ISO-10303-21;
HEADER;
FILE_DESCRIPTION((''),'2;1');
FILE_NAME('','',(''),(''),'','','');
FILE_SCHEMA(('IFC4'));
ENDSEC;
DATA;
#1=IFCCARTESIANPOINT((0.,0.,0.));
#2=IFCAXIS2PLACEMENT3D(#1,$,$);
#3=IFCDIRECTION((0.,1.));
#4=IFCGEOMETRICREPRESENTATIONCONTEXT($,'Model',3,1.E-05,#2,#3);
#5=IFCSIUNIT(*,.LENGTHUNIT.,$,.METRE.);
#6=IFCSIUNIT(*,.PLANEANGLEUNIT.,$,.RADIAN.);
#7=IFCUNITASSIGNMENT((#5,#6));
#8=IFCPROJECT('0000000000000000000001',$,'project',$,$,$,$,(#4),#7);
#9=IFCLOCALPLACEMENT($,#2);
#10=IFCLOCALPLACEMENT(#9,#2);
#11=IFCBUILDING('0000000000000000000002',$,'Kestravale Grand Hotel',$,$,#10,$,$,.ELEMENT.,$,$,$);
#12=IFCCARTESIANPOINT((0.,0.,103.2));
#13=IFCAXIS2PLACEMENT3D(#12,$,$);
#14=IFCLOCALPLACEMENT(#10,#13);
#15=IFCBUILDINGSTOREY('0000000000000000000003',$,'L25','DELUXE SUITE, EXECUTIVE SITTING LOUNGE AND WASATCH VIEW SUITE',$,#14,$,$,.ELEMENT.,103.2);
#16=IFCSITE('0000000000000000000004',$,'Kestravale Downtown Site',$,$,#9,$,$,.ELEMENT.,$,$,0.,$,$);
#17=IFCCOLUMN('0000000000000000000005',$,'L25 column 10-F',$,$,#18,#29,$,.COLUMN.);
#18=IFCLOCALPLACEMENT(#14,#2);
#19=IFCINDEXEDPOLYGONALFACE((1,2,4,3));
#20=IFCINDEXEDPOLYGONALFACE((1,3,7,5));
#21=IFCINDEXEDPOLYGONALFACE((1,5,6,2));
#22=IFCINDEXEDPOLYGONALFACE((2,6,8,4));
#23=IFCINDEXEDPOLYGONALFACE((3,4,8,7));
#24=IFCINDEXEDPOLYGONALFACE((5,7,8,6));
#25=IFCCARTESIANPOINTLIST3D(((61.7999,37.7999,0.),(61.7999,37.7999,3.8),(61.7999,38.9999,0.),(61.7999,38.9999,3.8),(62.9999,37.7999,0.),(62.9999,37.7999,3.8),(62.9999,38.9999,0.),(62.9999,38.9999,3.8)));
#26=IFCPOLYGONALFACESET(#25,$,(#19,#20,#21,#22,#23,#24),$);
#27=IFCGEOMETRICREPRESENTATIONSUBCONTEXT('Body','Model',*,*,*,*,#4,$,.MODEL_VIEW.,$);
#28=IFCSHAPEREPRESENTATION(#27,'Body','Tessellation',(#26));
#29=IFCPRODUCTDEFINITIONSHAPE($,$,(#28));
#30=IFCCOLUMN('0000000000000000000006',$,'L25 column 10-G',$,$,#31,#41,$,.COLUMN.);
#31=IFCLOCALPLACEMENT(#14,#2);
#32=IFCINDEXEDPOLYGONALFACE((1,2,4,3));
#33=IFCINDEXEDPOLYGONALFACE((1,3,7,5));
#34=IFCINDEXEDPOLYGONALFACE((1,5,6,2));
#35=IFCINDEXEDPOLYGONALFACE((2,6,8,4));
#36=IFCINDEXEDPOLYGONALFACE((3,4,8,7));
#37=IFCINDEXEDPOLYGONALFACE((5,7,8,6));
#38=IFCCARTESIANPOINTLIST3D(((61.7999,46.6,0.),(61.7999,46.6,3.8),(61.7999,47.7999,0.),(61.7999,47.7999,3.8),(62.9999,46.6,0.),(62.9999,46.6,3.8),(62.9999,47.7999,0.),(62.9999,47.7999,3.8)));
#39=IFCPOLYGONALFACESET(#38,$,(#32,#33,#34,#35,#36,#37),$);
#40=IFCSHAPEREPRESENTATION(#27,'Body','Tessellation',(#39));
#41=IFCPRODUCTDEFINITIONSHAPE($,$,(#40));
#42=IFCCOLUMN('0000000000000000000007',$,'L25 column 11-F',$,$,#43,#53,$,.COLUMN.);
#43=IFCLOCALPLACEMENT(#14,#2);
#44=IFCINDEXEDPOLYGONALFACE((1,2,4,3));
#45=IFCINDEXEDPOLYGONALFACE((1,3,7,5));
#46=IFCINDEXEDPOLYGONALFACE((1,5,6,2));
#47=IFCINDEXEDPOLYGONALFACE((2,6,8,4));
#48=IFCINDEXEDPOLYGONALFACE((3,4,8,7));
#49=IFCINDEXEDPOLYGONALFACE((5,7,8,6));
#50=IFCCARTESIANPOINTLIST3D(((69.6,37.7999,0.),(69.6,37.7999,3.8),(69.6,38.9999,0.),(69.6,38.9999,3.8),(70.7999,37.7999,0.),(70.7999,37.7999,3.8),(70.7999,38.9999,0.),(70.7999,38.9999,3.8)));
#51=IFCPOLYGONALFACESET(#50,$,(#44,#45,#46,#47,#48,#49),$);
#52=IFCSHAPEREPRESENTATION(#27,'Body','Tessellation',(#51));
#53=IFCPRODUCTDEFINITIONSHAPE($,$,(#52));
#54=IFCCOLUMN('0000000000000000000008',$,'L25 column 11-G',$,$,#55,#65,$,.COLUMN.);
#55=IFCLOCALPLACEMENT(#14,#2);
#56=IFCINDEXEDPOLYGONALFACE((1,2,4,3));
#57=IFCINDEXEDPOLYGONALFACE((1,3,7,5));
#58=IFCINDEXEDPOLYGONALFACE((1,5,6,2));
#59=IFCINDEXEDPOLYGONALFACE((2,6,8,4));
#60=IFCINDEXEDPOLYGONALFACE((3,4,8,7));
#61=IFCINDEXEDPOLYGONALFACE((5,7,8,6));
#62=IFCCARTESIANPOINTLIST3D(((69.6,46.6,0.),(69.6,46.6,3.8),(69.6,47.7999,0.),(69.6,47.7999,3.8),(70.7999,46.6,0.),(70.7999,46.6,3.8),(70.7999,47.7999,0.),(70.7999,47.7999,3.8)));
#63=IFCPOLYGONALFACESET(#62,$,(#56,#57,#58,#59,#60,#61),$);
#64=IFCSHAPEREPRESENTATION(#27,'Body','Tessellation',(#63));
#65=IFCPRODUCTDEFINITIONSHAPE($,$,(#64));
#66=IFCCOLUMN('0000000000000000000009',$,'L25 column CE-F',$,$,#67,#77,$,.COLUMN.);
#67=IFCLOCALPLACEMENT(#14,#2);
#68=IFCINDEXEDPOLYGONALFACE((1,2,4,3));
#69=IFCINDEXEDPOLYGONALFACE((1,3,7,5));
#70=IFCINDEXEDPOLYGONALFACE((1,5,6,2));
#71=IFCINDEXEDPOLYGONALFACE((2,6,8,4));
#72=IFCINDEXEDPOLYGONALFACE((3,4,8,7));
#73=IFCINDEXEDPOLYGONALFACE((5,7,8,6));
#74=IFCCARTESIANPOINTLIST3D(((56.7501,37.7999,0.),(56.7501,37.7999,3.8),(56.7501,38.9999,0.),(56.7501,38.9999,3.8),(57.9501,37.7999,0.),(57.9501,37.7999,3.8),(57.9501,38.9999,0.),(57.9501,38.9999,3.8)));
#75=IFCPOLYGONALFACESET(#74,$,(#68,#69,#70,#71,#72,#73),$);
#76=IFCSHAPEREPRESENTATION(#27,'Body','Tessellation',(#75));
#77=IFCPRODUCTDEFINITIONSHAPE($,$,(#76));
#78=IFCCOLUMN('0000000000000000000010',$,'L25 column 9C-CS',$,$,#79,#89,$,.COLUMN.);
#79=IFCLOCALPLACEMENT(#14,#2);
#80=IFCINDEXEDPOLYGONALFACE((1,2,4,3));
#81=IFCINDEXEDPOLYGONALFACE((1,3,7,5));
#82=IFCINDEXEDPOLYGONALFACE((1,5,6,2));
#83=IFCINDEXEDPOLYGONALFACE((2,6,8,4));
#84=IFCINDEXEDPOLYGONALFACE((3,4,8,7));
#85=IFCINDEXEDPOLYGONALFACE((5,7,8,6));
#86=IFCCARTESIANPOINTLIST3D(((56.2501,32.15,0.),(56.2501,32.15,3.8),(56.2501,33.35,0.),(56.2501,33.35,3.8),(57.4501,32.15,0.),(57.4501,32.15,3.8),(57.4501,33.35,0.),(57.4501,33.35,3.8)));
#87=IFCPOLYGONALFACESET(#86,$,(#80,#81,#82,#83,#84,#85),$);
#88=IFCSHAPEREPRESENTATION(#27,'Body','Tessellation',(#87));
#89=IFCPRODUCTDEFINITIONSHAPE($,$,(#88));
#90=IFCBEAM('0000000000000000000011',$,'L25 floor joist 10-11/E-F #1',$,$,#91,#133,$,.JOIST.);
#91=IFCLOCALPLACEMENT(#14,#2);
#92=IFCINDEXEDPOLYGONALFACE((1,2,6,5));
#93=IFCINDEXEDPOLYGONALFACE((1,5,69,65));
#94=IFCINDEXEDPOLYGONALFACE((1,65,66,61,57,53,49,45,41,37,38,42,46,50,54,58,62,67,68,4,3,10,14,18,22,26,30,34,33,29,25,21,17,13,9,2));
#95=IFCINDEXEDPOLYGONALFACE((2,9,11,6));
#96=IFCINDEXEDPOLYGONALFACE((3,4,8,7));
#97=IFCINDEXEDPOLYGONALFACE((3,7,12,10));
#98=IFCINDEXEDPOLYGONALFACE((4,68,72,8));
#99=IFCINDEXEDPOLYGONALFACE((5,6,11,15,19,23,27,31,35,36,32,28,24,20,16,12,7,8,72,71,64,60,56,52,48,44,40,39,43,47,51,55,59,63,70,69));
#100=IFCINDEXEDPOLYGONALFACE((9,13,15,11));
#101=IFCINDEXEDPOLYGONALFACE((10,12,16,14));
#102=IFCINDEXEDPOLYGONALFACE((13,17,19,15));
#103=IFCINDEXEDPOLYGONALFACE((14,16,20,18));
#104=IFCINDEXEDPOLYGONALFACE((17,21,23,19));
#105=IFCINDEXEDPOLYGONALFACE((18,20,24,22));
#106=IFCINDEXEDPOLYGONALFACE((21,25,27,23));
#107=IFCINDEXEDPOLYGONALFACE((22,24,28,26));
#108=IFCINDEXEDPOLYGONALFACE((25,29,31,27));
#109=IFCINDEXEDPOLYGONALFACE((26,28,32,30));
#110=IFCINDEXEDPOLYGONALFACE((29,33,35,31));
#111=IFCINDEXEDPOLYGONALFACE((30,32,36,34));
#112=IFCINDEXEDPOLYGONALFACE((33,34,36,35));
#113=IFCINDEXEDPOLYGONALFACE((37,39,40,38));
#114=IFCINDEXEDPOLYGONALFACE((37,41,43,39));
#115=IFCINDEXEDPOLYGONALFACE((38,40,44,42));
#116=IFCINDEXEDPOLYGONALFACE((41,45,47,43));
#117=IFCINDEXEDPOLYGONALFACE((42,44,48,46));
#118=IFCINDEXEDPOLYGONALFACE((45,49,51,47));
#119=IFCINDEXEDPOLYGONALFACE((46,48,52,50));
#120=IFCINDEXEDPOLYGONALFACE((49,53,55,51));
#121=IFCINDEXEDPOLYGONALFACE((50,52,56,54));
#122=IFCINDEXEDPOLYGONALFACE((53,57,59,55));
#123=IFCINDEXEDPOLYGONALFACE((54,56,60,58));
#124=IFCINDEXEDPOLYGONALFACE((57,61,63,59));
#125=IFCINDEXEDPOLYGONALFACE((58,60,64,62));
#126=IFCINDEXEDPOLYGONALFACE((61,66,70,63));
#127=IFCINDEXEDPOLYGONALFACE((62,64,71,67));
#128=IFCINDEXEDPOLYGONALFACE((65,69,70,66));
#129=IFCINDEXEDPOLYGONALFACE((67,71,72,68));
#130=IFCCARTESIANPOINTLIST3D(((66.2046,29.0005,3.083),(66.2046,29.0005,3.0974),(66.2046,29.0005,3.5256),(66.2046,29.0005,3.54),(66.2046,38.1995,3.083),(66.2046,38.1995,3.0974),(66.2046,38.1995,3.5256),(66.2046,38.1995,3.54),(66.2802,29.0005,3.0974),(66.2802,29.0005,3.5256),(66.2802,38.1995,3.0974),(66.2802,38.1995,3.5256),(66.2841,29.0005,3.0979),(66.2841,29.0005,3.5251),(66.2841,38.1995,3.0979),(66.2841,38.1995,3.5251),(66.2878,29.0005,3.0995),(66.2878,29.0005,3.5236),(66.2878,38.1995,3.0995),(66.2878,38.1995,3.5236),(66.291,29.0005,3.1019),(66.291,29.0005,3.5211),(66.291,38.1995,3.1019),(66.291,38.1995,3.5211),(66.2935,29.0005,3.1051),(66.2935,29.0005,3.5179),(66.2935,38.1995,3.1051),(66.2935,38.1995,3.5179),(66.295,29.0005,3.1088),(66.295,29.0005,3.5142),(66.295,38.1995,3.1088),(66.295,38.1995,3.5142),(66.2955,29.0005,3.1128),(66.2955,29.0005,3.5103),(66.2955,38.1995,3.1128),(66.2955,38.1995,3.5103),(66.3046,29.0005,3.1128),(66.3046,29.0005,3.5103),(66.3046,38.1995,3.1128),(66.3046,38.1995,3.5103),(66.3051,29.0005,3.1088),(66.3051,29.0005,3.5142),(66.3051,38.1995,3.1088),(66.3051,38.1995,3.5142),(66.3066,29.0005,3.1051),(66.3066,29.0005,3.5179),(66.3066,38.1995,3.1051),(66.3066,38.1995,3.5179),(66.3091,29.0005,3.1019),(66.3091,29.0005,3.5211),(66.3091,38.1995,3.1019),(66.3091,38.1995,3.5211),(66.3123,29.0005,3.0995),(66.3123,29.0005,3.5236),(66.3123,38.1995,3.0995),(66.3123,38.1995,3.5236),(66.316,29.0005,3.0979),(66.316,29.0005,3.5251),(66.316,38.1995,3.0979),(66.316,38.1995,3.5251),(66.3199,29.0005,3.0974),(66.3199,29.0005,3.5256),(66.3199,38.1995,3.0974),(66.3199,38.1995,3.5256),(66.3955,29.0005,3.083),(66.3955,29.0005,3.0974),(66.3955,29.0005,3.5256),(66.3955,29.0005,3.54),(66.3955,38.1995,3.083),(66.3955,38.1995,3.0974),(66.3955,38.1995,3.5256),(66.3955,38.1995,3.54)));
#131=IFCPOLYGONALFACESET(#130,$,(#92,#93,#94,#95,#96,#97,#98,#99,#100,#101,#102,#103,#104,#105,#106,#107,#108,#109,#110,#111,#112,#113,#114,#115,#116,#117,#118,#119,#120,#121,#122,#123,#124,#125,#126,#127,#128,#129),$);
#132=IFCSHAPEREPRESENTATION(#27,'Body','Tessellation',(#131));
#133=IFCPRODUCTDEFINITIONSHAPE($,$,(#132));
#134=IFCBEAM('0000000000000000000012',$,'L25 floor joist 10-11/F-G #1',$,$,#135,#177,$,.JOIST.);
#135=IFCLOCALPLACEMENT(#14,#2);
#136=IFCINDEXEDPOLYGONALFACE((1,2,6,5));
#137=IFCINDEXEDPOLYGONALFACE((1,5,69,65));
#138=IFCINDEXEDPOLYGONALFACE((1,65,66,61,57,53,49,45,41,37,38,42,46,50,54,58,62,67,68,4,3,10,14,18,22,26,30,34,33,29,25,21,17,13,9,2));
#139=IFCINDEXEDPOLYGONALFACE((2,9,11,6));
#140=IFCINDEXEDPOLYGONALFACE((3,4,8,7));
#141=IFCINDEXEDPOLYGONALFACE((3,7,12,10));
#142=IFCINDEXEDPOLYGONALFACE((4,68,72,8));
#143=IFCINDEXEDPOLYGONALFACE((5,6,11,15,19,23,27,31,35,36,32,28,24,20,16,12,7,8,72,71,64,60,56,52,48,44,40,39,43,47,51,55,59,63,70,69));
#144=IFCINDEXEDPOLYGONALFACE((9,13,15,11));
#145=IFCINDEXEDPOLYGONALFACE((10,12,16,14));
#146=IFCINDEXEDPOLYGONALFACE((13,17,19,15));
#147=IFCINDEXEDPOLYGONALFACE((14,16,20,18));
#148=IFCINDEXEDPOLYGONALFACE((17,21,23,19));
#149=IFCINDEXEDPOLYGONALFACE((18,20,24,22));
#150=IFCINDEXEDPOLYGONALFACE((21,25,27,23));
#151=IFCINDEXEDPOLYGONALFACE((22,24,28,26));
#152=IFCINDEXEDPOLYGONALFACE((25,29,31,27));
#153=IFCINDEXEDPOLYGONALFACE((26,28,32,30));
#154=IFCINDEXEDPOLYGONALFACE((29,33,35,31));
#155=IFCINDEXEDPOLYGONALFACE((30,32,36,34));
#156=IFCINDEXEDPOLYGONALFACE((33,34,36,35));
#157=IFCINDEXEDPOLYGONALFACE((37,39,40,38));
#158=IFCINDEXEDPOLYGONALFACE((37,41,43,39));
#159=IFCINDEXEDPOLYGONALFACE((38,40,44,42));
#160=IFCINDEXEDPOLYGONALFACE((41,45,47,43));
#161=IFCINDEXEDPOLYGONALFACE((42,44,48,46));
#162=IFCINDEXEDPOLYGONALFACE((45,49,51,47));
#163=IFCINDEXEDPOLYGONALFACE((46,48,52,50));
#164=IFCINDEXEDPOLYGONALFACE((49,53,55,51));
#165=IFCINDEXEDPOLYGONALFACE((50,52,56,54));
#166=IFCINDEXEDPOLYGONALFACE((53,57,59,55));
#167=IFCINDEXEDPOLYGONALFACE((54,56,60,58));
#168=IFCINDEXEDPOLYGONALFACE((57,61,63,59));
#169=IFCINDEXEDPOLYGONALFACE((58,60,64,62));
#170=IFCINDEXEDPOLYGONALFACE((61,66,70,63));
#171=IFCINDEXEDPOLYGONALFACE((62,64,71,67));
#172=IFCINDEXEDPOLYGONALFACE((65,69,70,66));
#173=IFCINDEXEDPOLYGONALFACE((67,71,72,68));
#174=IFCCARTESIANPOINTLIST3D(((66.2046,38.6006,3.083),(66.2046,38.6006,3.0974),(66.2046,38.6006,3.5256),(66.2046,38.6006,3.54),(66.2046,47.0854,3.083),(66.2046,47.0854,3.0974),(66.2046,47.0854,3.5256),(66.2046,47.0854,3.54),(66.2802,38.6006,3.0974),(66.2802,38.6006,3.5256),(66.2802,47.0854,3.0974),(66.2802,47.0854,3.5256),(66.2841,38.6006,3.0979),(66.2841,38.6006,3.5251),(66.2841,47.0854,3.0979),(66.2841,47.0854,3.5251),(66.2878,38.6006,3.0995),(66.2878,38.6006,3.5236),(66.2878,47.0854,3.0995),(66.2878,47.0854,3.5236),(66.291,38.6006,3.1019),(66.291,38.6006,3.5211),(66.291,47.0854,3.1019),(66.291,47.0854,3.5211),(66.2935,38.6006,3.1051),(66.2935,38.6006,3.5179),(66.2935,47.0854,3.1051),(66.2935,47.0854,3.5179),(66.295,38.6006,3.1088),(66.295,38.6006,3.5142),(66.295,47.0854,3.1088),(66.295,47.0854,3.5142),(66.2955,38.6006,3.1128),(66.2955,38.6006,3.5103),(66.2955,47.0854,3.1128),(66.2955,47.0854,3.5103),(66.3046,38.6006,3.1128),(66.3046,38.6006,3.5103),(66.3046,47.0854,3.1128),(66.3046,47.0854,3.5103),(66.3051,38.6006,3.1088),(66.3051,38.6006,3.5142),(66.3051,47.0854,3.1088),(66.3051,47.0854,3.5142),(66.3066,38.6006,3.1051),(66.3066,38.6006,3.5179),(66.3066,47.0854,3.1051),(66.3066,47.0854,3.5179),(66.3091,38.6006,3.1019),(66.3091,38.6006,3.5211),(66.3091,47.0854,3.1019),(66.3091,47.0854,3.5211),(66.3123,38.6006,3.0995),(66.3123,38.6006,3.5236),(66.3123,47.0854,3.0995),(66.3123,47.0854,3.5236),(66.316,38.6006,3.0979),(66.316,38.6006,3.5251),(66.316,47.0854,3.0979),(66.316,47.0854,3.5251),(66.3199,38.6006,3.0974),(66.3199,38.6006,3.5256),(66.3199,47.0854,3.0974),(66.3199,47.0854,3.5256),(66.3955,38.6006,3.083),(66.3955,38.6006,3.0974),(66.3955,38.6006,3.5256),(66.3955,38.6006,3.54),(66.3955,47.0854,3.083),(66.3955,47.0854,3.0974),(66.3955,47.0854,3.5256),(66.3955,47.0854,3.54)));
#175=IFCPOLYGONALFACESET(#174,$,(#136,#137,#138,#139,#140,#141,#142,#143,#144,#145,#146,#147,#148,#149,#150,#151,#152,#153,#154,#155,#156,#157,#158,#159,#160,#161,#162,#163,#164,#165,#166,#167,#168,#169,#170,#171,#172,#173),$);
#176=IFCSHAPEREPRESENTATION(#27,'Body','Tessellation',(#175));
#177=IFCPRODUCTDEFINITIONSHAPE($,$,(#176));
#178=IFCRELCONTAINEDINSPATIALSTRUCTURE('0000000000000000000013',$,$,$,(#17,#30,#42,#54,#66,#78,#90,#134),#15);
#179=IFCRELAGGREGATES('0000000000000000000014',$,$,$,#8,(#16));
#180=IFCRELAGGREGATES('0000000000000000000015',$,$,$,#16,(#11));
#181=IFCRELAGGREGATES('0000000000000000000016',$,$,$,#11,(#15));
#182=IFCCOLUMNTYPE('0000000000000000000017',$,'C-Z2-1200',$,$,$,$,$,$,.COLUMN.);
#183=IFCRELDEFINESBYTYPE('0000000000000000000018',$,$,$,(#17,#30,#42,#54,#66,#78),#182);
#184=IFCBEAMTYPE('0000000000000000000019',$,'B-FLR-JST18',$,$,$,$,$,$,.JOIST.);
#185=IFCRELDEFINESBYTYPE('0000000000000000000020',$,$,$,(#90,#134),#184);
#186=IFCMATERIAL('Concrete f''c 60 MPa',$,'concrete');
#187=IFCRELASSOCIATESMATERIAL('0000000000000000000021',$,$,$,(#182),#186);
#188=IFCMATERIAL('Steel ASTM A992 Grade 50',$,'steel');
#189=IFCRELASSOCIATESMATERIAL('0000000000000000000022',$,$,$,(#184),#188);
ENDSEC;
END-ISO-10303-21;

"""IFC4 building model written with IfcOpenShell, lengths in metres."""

from ifc_helpers import new_model, si_unit, direction, frame, origin, origin_2d, place, context, subcontext, project, spatial, rectangle, i_section, extrude, material, material_profile, profile_set, type_object, element, save


model = new_model("IFC4")

# Units and contexts
model_context = context("Model", 3, precision=1e-05, world=origin(), true_north=direction((0.0, 1.0)))
body_context = subcontext(model_context, "Body", "Model", "MODEL_VIEW")
ifc_project = project(units=[si_unit("LENGTHUNIT", "METRE"), si_unit("PLANEANGLEUNIT", "RADIAN")], contexts=[model_context])

# Site, building, storey
site_placement = place(None, origin())
site = spatial("IfcSite", under=ifc_project, at=site_placement, Name="Kestravale Downtown Site", CompositionType="ELEMENT", RefElevation=0.0)
building_placement = place(site_placement, origin())
building = spatial("IfcBuilding", under=site, at=building_placement, Name="Kestravale Grand Hotel", CompositionType="ELEMENT")
storey_placement = place(building_placement, frame((0.0, 0.0, 103.2)))
storey = spatial("IfcBuildingStorey", under=building, at=storey_placement, Name="L25", Description="DELUXE SUITE, EXECUTIVE SITTING LOUNGE AND WASATCH VIEW SUITE", CompositionType="ELEMENT", Elevation=103.2)

# Columns
ifc_material_1 = material(Name="Concrete f'c 60 MPa", Category="concrete")
ifc_material_profile_1 = material_profile(ifc_material_1, rectangle(XDim=1.2, YDim=1.2, at=origin_2d()))
ifc_profile_set_1 = profile_set([ifc_material_profile_1], Name="Concrete f'c 60 MPa")
column_type = type_object("IfcColumnType", Name="C-Z2-1200", PredefinedType="COLUMN", material=ifc_profile_set_1)
for number, where, z_axis, x_axis, name in (
    (1, (62.3999, 38.3999, 0.0), (0.0, 0.0, 1.0), (1.0, 0.0, 0.0), "L25 column 10-F"),
    (2, (62.3999, 47.2, 0.0), (0.0, 0.0, 1.0), (1.0, 0.0, 0.0), "L25 column 10-G"),
    (3, (70.2, 38.3999, 0.0), (0.0, 0.0, 1.0), (1.0, 0.0, 0.0), "L25 column 11-F"),
    (4, (70.2, 47.2, 0.0), (0.0, 0.0, 1.0), (1.0, 0.0, 0.0), "L25 column 11-G"),
    (5, (57.3501, 38.3999, 0.0), (0.0, 0.0, 1.0), (1.0, 0.0, 0.0), "L25 column CE-F"),
    (6, (56.8501, 32.75, 0.0), (0.0, 0.0, 1.0), (1.0, 0.0, 0.0), "L25 column 9C-CS"),
):
    element("IfcColumn", number, at=place(storey_placement, frame(where, z_axis=z_axis, x_axis=x_axis)), inside=storey, type_object=column_type, Name=name, PredefinedType="COLUMN", context=body_context, shape_type="SweptSolid", body=[
        extrude(rectangle(XDim=1.2, YDim=1.2, at=origin_2d()), origin(), (0.0, 0.0, 1.0), 3.8),
    ])

# Beams
ifc_material_2 = material(Name="Steel ASTM A992 Grade 50", Category="steel")
ifc_material_profile_2 = material_profile(ifc_material_2, i_section(OverallWidth=0.1909, OverallDepth=0.457, WebThickness=0.009, FlangeThickness=0.0144, FilletRadius=0.0154, at=origin_2d()))
ifc_profile_set_2 = profile_set([ifc_material_profile_2], Name="Steel ASTM A992 Grade 50")
beam_type_1 = type_object("IfcBeamType", Name="B-FLR-JST18", PredefinedType="JOIST", material=ifc_profile_set_2)
beam_1_placement = place(storey_placement, frame((66.3, 29.0005, 3.3115), z_axis=(0.0, 1.0, 0.0), x_axis=(-1.0, 0.0, 0.0)))
element("IfcBeam", 7, at=beam_1_placement, inside=storey, type_object=beam_type_1, Name="L25 floor joist 10-11/E-F #1", PredefinedType="JOIST", context=body_context, shape_type="SweptSolid", body=[
    extrude(i_section(OverallWidth=0.1909, OverallDepth=0.457, WebThickness=0.009, FlangeThickness=0.0144, FilletRadius=0.0154, at=origin_2d()), origin(), (0.0, 0.0, 1.0), 9.199),
])
beam_2_placement = place(storey_placement, frame((66.3, 38.6006, 3.3115), z_axis=(0.0, 1.0, 0.0), x_axis=(-1.0, 0.0, 0.0)))
element("IfcBeam", 8, at=beam_2_placement, inside=storey, type_object=beam_type_1, Name="L25 floor joist 10-11/F-G #1", PredefinedType="JOIST", context=body_context, shape_type="SweptSolid", body=[
    extrude(i_section(OverallWidth=0.1909, OverallDepth=0.457, WebThickness=0.009, FlangeThickness=0.0144, FilletRadius=0.0154, at=origin_2d()), origin(), (0.0, 0.0, 1.0), 8.4849),
])

save(model, "model.ifc")
